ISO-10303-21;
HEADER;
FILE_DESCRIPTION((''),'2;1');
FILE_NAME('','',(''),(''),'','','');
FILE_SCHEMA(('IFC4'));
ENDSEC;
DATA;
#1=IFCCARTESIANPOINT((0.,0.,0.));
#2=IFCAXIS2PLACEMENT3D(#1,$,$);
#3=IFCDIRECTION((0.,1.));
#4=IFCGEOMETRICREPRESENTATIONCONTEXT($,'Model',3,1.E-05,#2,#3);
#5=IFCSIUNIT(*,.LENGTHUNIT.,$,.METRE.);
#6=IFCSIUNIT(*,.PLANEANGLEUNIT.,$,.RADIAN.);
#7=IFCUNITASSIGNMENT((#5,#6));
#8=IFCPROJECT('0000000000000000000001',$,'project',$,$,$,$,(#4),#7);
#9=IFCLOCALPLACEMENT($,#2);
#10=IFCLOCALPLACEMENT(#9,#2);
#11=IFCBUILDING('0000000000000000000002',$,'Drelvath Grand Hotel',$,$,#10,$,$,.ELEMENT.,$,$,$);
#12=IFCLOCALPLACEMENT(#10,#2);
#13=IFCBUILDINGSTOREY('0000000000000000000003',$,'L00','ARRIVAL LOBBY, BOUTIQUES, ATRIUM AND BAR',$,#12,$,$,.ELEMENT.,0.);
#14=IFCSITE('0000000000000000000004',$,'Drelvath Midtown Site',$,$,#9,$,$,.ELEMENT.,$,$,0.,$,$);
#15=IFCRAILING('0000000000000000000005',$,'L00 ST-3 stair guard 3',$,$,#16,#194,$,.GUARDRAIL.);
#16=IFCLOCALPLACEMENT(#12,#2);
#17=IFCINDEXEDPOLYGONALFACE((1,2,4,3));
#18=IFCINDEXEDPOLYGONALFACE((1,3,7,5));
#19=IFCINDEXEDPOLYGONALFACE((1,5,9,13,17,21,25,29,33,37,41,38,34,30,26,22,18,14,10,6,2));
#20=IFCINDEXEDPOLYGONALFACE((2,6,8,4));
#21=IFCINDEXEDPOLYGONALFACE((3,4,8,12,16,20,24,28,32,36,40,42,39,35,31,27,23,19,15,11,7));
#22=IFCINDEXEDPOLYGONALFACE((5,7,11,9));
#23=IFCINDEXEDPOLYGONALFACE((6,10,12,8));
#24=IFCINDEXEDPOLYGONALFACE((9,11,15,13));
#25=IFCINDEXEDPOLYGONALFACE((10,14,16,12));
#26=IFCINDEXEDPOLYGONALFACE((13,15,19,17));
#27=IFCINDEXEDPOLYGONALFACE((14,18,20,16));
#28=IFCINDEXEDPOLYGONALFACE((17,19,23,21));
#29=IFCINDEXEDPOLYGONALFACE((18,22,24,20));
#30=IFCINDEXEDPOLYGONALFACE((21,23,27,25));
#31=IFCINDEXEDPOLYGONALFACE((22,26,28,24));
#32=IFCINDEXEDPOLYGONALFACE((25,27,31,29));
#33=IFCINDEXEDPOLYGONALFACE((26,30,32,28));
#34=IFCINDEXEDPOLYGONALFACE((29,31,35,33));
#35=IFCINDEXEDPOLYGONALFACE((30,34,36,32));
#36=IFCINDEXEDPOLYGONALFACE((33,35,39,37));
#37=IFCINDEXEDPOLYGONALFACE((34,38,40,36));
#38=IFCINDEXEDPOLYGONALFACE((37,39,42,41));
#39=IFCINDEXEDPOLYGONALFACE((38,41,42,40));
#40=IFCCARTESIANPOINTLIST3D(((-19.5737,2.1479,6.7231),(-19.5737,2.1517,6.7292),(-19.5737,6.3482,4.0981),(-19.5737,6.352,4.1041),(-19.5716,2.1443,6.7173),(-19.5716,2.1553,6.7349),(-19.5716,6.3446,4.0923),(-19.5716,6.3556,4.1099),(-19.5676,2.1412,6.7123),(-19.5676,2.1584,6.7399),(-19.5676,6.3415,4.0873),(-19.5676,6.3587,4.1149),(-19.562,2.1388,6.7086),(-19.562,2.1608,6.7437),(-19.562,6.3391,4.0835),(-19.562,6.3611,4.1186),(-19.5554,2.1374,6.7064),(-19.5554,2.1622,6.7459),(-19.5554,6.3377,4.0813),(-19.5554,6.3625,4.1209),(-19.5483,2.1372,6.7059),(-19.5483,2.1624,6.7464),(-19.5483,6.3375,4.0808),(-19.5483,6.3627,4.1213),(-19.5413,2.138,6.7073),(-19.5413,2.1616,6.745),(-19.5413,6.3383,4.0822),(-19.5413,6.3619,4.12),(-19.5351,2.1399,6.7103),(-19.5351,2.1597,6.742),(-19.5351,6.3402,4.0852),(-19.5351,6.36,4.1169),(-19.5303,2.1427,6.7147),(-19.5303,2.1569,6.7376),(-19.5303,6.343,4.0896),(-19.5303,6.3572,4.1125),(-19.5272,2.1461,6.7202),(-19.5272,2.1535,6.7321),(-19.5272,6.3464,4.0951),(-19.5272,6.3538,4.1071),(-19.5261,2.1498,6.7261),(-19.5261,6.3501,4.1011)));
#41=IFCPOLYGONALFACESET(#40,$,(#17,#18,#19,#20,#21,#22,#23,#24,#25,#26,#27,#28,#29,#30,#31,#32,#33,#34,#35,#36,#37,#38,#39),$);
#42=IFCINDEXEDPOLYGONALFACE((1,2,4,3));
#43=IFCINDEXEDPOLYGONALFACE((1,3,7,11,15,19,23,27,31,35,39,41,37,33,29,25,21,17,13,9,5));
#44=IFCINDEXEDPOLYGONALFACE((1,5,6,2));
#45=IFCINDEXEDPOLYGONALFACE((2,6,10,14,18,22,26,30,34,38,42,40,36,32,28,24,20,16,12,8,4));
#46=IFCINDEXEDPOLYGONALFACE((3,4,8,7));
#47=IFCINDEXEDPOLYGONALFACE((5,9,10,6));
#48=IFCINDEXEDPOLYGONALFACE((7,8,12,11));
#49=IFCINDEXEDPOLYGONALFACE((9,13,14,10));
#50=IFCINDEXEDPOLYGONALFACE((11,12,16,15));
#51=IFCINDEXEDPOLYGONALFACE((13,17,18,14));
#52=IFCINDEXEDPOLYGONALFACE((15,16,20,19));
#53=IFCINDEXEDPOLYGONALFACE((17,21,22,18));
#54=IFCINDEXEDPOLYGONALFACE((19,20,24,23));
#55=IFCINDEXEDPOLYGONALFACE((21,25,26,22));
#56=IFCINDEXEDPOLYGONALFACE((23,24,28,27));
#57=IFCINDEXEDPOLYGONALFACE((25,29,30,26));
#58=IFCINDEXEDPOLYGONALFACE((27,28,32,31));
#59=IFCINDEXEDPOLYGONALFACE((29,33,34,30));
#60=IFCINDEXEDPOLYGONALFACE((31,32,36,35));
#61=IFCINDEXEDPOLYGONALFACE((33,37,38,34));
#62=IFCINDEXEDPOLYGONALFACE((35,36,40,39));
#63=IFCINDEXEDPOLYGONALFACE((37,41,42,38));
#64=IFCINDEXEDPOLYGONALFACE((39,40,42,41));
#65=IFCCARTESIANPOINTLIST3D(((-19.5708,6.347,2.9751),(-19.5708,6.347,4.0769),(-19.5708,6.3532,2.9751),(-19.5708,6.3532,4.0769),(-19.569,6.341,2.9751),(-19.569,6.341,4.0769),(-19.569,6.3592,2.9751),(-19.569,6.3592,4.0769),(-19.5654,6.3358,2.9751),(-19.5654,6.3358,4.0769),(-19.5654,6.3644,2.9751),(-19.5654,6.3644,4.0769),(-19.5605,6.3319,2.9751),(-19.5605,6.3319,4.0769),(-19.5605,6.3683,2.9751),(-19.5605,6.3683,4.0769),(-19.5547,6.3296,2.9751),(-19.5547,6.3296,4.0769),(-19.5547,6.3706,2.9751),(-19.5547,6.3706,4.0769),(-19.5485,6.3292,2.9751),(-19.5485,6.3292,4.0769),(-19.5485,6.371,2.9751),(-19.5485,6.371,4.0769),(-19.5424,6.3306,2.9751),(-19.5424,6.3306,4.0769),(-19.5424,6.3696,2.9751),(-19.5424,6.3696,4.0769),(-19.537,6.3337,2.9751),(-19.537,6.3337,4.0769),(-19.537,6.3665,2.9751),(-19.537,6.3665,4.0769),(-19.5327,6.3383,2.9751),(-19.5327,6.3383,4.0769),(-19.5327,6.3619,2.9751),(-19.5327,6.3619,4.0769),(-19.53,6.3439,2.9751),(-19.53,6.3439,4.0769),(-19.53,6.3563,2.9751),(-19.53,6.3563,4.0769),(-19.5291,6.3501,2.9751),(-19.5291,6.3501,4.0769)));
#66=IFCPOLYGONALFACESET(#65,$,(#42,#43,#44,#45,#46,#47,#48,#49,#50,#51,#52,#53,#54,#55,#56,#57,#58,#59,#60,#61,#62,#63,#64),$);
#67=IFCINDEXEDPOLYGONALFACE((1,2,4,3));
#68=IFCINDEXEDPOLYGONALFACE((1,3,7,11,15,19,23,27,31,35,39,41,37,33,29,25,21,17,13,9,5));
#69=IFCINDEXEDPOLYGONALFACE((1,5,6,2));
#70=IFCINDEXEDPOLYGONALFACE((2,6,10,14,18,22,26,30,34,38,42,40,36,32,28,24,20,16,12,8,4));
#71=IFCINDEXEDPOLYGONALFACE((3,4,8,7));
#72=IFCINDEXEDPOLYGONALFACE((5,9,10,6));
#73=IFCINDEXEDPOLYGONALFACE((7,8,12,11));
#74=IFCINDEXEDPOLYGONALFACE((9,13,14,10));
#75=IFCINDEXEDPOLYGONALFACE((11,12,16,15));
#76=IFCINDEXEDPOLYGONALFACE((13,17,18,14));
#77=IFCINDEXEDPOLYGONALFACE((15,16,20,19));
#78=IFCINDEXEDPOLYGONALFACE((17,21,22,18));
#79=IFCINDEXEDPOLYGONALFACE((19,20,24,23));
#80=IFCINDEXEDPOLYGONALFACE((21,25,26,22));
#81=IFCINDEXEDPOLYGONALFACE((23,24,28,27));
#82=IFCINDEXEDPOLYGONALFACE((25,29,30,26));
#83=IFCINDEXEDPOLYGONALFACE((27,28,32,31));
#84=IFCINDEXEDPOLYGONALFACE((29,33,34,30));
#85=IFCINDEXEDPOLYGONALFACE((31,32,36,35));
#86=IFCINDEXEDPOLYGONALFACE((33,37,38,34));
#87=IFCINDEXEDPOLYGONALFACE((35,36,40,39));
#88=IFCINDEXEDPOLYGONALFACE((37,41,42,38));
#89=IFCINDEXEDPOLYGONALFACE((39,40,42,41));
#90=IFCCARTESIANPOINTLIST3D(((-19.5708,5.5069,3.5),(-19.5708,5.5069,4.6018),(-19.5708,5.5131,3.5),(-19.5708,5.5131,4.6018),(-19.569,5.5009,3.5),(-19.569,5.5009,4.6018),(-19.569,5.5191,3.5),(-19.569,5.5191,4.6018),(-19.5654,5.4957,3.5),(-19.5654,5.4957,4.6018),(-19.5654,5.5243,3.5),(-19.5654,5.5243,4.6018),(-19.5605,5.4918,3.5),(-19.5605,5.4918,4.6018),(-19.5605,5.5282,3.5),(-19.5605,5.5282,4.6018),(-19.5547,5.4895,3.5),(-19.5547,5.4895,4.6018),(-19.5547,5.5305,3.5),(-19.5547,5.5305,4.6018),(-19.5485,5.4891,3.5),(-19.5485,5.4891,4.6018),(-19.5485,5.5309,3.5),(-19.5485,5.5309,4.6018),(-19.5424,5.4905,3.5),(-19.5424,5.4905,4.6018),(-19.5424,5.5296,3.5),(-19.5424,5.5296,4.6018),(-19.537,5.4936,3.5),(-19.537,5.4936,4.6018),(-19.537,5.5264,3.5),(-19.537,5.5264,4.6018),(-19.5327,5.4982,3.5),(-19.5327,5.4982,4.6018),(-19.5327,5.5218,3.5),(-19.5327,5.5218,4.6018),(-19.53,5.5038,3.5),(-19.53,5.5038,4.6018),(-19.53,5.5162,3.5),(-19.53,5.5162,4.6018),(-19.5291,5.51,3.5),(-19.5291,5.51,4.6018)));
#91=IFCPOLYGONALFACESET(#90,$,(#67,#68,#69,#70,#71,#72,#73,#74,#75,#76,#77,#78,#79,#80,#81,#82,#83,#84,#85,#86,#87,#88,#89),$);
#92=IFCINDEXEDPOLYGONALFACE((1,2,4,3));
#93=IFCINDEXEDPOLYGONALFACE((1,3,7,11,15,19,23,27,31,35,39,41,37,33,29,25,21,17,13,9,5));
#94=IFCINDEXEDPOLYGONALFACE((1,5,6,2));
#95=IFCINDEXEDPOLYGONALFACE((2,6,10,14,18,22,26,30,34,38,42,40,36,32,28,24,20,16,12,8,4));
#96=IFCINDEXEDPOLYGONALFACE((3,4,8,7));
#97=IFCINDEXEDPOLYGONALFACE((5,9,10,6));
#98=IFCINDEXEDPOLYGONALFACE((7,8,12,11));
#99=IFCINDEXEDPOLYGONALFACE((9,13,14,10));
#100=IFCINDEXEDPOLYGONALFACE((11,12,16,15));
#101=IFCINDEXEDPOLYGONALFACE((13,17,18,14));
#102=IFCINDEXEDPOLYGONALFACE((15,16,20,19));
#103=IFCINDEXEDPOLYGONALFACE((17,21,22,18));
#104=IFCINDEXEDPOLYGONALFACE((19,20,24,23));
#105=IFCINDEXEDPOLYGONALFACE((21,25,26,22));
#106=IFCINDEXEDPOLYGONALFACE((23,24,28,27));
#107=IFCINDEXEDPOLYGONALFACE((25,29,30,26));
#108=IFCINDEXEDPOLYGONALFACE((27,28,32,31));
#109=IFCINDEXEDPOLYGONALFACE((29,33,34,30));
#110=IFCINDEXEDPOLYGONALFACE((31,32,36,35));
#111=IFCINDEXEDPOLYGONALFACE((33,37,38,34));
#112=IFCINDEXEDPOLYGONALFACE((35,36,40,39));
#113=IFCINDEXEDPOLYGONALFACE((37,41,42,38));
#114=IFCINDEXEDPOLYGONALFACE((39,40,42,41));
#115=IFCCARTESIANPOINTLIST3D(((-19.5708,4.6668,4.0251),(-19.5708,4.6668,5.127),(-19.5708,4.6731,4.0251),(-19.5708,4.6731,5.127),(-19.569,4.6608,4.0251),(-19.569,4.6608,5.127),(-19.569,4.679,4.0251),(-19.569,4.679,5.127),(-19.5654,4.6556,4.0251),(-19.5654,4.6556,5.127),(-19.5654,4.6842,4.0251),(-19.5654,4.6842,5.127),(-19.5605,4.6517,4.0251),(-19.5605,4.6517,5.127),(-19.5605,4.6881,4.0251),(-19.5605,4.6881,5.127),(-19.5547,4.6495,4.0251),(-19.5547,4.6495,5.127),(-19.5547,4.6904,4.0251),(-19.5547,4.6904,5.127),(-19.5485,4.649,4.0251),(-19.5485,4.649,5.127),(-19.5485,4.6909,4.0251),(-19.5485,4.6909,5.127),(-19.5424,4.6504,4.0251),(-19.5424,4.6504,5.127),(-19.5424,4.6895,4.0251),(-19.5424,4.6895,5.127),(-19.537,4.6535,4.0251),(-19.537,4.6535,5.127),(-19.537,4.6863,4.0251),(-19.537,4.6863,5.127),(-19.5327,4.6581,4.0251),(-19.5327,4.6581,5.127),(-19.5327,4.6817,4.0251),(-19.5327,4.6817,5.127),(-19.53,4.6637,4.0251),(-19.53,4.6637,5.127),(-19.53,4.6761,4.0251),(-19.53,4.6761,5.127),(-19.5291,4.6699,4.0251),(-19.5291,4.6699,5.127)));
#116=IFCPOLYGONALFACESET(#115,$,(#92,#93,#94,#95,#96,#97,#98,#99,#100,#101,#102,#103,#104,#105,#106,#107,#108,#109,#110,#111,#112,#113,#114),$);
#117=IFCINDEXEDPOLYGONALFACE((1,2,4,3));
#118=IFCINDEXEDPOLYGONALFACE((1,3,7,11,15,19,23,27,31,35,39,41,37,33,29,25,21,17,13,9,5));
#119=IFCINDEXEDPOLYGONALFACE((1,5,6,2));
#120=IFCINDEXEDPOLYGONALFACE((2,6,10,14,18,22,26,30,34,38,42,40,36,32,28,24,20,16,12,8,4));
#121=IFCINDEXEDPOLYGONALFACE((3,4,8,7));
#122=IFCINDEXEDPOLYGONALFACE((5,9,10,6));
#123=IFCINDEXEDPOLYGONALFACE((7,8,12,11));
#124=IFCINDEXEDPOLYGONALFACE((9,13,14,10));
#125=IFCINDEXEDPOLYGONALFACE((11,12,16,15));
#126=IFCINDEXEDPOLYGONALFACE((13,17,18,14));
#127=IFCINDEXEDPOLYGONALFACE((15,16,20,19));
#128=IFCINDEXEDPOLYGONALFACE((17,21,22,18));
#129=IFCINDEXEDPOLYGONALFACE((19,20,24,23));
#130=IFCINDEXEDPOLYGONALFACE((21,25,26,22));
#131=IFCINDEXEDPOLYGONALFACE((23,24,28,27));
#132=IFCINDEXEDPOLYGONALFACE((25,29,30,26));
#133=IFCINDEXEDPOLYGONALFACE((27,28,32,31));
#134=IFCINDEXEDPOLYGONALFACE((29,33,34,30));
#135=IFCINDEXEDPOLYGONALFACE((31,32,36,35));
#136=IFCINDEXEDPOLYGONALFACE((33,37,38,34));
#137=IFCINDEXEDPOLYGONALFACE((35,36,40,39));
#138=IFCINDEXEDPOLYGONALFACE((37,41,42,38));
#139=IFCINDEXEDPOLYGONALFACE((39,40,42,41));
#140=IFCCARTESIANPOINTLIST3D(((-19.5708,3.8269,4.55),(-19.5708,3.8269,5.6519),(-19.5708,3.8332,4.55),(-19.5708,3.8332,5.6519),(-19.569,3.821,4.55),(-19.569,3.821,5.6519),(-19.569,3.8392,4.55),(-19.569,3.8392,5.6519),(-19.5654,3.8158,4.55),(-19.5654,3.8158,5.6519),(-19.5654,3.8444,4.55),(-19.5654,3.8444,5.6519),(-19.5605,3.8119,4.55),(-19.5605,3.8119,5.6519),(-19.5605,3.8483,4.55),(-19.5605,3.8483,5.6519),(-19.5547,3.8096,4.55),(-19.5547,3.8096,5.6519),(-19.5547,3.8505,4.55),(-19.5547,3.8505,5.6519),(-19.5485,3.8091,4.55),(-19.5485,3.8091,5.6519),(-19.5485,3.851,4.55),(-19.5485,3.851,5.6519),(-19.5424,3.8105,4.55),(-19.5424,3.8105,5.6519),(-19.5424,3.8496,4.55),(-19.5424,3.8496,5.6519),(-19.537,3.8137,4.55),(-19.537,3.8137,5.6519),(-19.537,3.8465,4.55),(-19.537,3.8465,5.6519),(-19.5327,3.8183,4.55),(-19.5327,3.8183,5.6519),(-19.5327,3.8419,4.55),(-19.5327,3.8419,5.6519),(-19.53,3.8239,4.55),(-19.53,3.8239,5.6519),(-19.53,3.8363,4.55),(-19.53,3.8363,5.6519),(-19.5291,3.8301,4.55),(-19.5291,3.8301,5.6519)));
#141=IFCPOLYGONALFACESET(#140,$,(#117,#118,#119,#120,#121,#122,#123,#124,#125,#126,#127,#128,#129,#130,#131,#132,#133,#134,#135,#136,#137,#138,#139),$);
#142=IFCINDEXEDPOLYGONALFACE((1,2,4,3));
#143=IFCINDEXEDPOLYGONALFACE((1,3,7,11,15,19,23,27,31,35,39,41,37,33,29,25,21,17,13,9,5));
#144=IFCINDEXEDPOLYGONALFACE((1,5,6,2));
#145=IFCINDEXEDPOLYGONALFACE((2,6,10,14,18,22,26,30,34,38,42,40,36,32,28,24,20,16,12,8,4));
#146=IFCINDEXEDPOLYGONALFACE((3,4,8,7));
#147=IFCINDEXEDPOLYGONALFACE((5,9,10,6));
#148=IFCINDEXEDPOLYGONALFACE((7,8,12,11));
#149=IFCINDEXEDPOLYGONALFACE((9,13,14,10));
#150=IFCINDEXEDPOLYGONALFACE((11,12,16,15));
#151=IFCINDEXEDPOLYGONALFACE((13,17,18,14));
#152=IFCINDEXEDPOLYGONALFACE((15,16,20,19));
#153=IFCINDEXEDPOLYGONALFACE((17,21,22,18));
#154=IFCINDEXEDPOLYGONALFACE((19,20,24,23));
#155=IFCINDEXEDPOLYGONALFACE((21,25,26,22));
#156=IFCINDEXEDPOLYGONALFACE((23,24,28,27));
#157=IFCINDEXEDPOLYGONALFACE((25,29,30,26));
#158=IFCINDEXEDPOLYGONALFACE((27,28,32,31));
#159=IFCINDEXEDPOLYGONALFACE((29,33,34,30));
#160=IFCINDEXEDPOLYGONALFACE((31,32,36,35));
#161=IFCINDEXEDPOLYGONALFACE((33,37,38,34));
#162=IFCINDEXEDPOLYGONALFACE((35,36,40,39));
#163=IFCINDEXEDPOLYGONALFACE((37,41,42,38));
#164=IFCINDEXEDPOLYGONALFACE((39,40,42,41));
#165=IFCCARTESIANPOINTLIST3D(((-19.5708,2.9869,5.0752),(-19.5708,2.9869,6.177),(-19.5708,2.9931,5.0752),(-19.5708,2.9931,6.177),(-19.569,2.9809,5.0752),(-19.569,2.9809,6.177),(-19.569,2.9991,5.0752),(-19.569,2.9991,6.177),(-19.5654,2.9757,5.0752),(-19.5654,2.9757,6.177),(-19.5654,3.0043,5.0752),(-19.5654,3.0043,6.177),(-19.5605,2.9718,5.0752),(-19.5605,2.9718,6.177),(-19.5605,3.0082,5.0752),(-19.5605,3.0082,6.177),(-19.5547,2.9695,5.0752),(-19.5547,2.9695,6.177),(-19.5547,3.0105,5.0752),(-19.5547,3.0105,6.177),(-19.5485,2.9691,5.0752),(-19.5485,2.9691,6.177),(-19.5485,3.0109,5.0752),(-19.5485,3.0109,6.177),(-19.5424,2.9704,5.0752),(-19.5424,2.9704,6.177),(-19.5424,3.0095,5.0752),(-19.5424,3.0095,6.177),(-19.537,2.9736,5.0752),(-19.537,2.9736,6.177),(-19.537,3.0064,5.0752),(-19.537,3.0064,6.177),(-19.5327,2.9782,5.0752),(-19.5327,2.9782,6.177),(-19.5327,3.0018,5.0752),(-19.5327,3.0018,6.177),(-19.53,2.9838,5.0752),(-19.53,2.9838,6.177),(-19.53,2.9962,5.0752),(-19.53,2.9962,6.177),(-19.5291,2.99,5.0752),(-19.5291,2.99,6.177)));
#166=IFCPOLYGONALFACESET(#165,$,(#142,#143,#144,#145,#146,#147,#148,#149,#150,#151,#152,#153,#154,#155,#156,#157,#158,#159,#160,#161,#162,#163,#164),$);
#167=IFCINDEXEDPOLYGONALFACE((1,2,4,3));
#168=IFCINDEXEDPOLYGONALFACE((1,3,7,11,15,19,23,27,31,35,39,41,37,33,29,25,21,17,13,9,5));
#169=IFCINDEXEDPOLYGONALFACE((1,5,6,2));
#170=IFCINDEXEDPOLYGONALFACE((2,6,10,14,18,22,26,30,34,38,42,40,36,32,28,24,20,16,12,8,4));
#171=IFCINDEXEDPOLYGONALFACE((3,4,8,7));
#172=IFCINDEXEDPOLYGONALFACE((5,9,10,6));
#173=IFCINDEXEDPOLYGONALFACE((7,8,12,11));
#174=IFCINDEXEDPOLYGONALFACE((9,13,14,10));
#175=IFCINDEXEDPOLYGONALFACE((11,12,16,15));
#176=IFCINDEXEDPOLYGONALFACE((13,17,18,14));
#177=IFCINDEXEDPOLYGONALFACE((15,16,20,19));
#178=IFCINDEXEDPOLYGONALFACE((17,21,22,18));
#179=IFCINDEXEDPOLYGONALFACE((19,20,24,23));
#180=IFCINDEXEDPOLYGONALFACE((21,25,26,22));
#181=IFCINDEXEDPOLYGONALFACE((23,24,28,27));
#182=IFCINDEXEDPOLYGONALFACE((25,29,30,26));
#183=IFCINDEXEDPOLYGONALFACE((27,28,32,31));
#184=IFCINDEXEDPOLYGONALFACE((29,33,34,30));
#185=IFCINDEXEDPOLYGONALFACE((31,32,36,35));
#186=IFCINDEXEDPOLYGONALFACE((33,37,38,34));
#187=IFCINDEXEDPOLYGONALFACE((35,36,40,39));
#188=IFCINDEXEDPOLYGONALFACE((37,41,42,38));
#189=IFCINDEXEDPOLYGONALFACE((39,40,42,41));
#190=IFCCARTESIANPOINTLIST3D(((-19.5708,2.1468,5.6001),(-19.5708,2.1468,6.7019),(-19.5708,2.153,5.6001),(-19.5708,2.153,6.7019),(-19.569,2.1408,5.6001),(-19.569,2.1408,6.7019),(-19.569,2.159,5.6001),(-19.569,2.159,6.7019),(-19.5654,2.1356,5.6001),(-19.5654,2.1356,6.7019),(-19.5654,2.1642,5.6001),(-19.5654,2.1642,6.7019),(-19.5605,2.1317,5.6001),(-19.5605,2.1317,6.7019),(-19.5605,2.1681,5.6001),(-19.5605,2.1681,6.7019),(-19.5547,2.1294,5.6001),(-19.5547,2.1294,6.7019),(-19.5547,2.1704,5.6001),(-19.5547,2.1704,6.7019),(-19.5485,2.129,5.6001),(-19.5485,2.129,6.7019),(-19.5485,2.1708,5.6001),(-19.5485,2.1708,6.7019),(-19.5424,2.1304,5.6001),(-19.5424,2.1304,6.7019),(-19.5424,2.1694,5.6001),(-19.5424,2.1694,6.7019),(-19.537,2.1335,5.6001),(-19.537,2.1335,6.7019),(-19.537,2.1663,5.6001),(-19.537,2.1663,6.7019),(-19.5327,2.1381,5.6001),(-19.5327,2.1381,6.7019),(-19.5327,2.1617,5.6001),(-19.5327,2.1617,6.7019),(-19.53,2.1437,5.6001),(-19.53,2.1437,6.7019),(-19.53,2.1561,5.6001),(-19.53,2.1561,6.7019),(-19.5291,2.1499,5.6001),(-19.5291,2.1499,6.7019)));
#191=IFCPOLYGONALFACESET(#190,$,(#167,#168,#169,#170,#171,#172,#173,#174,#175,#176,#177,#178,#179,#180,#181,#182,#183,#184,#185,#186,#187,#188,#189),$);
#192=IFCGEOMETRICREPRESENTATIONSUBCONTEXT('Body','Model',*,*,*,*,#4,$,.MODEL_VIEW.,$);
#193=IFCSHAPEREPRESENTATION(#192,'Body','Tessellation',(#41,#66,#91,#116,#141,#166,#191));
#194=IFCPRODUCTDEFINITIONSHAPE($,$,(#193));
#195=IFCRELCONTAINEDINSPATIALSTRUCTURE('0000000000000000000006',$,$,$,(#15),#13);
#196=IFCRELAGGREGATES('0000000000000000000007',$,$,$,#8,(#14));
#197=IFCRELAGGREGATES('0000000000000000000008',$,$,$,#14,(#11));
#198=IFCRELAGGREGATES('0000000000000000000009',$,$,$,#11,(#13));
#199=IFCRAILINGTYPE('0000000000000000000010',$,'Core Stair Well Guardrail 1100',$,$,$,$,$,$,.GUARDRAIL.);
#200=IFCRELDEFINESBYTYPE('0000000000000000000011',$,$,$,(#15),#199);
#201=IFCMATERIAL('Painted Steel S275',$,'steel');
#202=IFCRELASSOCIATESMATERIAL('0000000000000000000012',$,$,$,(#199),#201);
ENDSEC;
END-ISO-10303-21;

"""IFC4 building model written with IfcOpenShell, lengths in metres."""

from ifc_helpers import new_model, si_unit, direction, frame, origin, origin_2d, place, context, subcontext, project, spatial, circle, extrude, material, type_object, element, save


model = new_model("IFC4")

# Units and contexts
model_context = context("Model", 3, precision=1e-05, world=origin(), true_north=direction((0.0, 1.0)))
body_context = subcontext(model_context, "Body", "Model", "MODEL_VIEW")
ifc_project = project(units=[si_unit("LENGTHUNIT", "METRE"), si_unit("PLANEANGLEUNIT", "RADIAN")], contexts=[model_context])

# Site, building, storey
site_placement = place(None, origin())
site = spatial("IfcSite", under=ifc_project, at=site_placement, Name="Drelvath Midtown Site", CompositionType="ELEMENT", RefElevation=0.0)
building_placement = place(site_placement, origin())
building = spatial("IfcBuilding", under=site, at=building_placement, Name="Drelvath Grand Hotel", CompositionType="ELEMENT")
storey_placement = place(building_placement, origin())
storey = spatial("IfcBuildingStorey", under=building, at=storey_placement, Name="L00", Description="ARRIVAL LOBBY, BOUTIQUES, ATRIUM AND BAR", CompositionType="ELEMENT", Elevation=0.0)

# Railing
ifc_material_1 = material(Name="Painted Steel S275", Category="steel")
railing_type_1 = type_object("IfcRailingType", Name="Core Stair Well Guardrail 1100", PredefinedType="GUARDRAIL", material=ifc_material_1)
railing_1_placement = place(storey_placement, frame((-19.55, 6.3501, 2.9751)))
element("IfcRailing", 1, at=railing_1_placement, inside=storey, type_object=railing_type_1, Name="L00 ST-3 stair guard 3", PredefinedType="GUARDRAIL", context=body_context, shape_type="SweptSolid", body=[
    extrude(circle(Radius=0.0239, at=origin_2d()), frame((0.0, 0.0, 1.126), z_axis=(0.0, -0.848009, 0.529981), x_axis=(1.0, 0.0, 0.0)), (0.0, 0.0, 1.0), 4.9531),
    extrude(circle(Radius=0.021, at=origin_2d()), origin(), (0.0, 0.0, 1.0), 1.1018),
    extrude(circle(Radius=0.021, at=origin_2d()), frame((0.0, -0.8401, 0.5249)), (0.0, 0.0, 1.0), 1.1018),
    extrude(circle(Radius=0.021, at=origin_2d()), frame((0.0, -1.6802, 1.05)), (0.0, 0.0, 1.0), 1.1018),
    extrude(circle(Radius=0.021, at=origin_2d()), frame((0.0, -2.52, 1.575)), (0.0, 0.0, 1.0), 1.1018),
    extrude(circle(Radius=0.021, at=origin_2d()), frame((0.0, -3.3601, 2.1001)), (0.0, 0.0, 1.0), 1.1018),
    extrude(circle(Radius=0.021, at=origin_2d()), frame((0.0, -4.2002, 2.625)), (0.0, 0.0, 1.0), 1.1018),
])

save(model, "model.ifc")
